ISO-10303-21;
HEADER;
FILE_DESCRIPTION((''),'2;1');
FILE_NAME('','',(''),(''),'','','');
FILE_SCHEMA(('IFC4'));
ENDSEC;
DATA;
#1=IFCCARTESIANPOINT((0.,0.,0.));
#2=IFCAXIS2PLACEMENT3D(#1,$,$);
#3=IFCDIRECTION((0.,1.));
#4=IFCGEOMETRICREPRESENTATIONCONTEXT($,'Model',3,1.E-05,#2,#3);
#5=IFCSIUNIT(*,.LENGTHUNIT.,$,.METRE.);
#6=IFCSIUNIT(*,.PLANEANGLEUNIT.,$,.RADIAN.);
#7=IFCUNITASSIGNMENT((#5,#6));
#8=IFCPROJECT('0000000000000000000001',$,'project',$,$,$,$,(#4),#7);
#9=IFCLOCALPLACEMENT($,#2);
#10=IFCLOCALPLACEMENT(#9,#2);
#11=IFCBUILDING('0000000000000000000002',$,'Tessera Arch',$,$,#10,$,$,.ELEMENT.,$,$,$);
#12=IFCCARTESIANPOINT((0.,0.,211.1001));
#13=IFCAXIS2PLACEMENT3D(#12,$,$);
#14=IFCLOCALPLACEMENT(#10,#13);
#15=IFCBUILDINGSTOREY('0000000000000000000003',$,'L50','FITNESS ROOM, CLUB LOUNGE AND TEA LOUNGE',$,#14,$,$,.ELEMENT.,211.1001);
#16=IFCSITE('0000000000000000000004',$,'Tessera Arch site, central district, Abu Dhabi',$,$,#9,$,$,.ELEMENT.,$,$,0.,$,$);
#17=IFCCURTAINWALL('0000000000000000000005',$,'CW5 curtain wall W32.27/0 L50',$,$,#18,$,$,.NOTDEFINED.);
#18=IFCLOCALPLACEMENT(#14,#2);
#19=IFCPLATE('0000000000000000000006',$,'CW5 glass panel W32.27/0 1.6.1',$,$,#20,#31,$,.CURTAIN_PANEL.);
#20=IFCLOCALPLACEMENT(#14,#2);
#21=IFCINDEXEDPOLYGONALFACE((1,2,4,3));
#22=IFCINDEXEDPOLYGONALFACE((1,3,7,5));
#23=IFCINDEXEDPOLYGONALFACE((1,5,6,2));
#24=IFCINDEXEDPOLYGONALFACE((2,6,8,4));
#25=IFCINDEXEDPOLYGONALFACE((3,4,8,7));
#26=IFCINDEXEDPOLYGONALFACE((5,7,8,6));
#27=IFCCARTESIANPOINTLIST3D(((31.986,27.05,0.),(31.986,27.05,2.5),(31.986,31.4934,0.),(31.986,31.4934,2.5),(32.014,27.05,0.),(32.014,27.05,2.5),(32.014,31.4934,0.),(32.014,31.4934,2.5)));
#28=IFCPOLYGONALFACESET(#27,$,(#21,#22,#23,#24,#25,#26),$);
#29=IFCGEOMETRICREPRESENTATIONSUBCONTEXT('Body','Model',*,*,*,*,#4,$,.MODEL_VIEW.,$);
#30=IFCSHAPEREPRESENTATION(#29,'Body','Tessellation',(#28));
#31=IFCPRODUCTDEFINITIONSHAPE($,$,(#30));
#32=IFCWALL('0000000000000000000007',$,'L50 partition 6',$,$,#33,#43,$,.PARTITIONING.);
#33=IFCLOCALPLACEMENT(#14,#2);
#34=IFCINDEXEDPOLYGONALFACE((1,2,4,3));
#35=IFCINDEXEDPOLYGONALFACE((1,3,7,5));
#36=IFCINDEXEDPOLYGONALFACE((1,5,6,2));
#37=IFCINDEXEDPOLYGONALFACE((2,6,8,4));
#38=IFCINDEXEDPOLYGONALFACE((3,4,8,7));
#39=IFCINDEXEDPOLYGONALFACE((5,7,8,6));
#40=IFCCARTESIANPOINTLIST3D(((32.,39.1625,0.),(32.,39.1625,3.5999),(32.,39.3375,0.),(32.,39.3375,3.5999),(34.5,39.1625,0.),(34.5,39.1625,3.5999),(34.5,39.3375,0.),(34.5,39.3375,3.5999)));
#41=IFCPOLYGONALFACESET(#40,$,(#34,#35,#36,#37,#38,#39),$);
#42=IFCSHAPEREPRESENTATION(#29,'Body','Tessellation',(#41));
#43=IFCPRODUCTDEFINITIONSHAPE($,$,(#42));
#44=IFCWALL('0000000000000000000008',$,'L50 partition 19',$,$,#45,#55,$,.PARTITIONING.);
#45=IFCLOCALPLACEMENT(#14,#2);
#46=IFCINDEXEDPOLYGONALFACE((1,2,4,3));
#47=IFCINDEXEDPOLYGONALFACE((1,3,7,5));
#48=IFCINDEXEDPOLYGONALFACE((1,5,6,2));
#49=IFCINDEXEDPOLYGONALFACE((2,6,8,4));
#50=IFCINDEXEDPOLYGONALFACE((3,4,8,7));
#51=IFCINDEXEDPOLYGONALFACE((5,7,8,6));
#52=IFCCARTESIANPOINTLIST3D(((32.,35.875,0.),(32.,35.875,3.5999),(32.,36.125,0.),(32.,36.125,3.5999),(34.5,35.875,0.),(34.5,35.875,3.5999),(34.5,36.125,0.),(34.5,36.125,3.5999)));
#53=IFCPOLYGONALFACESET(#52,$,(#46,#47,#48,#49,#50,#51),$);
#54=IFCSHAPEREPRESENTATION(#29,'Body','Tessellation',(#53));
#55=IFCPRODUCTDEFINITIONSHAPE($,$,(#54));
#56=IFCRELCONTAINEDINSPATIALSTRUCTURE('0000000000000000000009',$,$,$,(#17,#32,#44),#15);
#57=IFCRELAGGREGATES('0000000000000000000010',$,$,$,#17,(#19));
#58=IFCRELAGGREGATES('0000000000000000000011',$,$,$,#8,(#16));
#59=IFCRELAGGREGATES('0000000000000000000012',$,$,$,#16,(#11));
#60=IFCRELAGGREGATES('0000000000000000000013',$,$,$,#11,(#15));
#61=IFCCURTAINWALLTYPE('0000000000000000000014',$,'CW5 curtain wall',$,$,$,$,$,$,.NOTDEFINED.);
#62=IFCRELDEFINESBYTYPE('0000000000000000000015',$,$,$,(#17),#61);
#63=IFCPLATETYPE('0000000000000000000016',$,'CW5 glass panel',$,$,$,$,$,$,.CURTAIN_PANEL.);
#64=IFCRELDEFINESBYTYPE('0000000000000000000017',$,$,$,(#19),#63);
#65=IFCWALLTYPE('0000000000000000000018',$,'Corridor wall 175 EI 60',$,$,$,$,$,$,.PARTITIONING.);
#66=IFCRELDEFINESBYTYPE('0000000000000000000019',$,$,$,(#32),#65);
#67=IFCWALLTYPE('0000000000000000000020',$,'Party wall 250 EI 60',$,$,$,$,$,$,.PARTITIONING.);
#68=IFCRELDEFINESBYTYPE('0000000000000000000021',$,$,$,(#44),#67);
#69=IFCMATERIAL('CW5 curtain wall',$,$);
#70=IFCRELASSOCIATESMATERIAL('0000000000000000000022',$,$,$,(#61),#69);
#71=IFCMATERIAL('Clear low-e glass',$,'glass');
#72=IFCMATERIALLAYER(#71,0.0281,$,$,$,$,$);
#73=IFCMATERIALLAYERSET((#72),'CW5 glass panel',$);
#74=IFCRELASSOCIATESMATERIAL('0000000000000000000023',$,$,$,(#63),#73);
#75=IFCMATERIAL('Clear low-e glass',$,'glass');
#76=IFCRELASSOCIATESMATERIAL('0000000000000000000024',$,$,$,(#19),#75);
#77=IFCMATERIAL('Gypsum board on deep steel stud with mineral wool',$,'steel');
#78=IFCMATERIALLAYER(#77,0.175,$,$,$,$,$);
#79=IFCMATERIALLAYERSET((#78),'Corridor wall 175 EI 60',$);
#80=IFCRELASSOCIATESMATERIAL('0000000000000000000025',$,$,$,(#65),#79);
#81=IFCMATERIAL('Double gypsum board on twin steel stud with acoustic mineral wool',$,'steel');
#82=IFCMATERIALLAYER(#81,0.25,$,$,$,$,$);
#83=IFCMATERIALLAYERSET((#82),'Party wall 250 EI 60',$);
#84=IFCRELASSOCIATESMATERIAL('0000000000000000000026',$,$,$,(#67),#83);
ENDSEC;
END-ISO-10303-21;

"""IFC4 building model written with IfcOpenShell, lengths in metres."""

from ifc_helpers import new_model, si_unit, direction, frame, frame_2d, origin, origin_2d, place, context, subcontext, project, spatial, rectangle, extrude, material, layer, layer_set, type_object, element, aggregate, save


model = new_model("IFC4")

# Units and contexts
model_context = context("Model", 3, precision=1e-05, world=origin(), true_north=direction((0.0, 1.0)))
body_context = subcontext(model_context, "Body", "Model", "MODEL_VIEW")
ifc_project = project(units=[si_unit("LENGTHUNIT", "METRE"), si_unit("PLANEANGLEUNIT", "RADIAN")], contexts=[model_context])

# Site, building, storey
site_placement = place(None, origin())
site = spatial("IfcSite", under=ifc_project, at=site_placement, Name="Tessera Arch site, central district, Abu Dhabi", CompositionType="ELEMENT", RefElevation=0.0)
building_placement = place(site_placement, origin())
building = spatial("IfcBuilding", under=site, at=building_placement, Name="Tessera Arch", CompositionType="ELEMENT")
storey_placement = place(building_placement, frame((0.0, 0.0, 211.1001)))
storey = spatial("IfcBuildingStorey", under=building, at=storey_placement, Name="L50", Description="FITNESS ROOM, CLUB LOUNGE AND TEA LOUNGE", CompositionType="ELEMENT", Elevation=211.1001)

# Shared definitions
ifc_material_1 = material(Name="CW5 curtain wall")
curtain_wall_type_1 = type_object("IfcCurtainWallType", Name="CW5 curtain wall", PredefinedType="NOTDEFINED", material=ifc_material_1)

# Curtain wall
curtain_wall_1_placement = place(storey_placement, origin())
curtain_wall_1 = element("IfcCurtainWall", 1, at=curtain_wall_1_placement, inside=storey, type_object=curtain_wall_type_1, Name="CW5 curtain wall W32.27/0 L50", PredefinedType="NOTDEFINED")

# Plate
ifc_material_2 = material(Name="Clear low-e glass", Category="glass")
ifc_material_3 = material(Name="Clear low-e glass", Category="glass")
ifc_layer_1 = layer(ifc_material_3, 0.0281)
ifc_layer_set_1 = layer_set([ifc_layer_1], Name="CW5 glass panel")
plate_type_1 = type_object("IfcPlateType", Name="CW5 glass panel", PredefinedType="CURTAIN_PANEL", material=ifc_layer_set_1)
plate_1_placement = place(storey_placement, frame((32.0, 29.2717, 0.0), z_axis=(0.0, 0.0, 1.0), x_axis=(0.0, -1.0, 0.0)))
plate_1 = element("IfcPlate", 2, at=plate_1_placement, type_object=plate_type_1, material=ifc_material_2, Name="CW5 glass panel W32.27/0 1.6.1", PredefinedType="CURTAIN_PANEL", context=body_context, shape_type="SweptSolid", body=[
    extrude(rectangle(XDim=4.4434, YDim=0.0281, at=origin_2d()), origin(), (0.0, 0.0, 1.0), 2.5),
])
aggregate(curtain_wall_1, [plate_1])

# Walls
ifc_material_4 = material(Name="Gypsum board on deep steel stud with mineral wool", Category="steel")
ifc_layer_2 = layer(ifc_material_4, 0.175)
ifc_layer_set_2 = layer_set([ifc_layer_2], Name="Corridor wall 175 EI 60")
wall_type_1 = type_object("IfcWallType", Name="Corridor wall 175 EI 60", PredefinedType="PARTITIONING", material=ifc_layer_set_2)
wall_1_placement = place(storey_placement, frame((32.0, 39.25, 0.0), z_axis=(0.0, 0.0, 1.0), x_axis=(1.0, 0.0, 0.0)))
element("IfcWall", 3, at=wall_1_placement, inside=storey, type_object=wall_type_1, Name="L50 partition 6", PredefinedType="PARTITIONING", context=body_context, shape_type="SweptSolid", body=[
    extrude(rectangle(XDim=2.5, YDim=0.175, at=frame_2d((1.25, 0.0))), origin(), (0.0, 0.0, 1.0), 3.5999),
])
ifc_material_5 = material(Name="Double gypsum board on twin steel stud with acoustic mineral wool", Category="steel")
ifc_layer_3 = layer(ifc_material_5, 0.25)
ifc_layer_set_3 = layer_set([ifc_layer_3], Name="Party wall 250 EI 60")
wall_type_2 = type_object("IfcWallType", Name="Party wall 250 EI 60", PredefinedType="PARTITIONING", material=ifc_layer_set_3)
wall_2_placement = place(storey_placement, frame((32.0, 36.0, 0.0), z_axis=(0.0, 0.0, 1.0), x_axis=(1.0, 0.0, 0.0)))
element("IfcWall", 4, at=wall_2_placement, inside=storey, type_object=wall_type_2, Name="L50 partition 19", PredefinedType="PARTITIONING", context=body_context, shape_type="SweptSolid", body=[
    extrude(rectangle(XDim=2.5, YDim=0.25, at=frame_2d((1.25, 0.0))), origin(), (0.0, 0.0, 1.0), 3.5999),
])

save(model, "model.ifc")
